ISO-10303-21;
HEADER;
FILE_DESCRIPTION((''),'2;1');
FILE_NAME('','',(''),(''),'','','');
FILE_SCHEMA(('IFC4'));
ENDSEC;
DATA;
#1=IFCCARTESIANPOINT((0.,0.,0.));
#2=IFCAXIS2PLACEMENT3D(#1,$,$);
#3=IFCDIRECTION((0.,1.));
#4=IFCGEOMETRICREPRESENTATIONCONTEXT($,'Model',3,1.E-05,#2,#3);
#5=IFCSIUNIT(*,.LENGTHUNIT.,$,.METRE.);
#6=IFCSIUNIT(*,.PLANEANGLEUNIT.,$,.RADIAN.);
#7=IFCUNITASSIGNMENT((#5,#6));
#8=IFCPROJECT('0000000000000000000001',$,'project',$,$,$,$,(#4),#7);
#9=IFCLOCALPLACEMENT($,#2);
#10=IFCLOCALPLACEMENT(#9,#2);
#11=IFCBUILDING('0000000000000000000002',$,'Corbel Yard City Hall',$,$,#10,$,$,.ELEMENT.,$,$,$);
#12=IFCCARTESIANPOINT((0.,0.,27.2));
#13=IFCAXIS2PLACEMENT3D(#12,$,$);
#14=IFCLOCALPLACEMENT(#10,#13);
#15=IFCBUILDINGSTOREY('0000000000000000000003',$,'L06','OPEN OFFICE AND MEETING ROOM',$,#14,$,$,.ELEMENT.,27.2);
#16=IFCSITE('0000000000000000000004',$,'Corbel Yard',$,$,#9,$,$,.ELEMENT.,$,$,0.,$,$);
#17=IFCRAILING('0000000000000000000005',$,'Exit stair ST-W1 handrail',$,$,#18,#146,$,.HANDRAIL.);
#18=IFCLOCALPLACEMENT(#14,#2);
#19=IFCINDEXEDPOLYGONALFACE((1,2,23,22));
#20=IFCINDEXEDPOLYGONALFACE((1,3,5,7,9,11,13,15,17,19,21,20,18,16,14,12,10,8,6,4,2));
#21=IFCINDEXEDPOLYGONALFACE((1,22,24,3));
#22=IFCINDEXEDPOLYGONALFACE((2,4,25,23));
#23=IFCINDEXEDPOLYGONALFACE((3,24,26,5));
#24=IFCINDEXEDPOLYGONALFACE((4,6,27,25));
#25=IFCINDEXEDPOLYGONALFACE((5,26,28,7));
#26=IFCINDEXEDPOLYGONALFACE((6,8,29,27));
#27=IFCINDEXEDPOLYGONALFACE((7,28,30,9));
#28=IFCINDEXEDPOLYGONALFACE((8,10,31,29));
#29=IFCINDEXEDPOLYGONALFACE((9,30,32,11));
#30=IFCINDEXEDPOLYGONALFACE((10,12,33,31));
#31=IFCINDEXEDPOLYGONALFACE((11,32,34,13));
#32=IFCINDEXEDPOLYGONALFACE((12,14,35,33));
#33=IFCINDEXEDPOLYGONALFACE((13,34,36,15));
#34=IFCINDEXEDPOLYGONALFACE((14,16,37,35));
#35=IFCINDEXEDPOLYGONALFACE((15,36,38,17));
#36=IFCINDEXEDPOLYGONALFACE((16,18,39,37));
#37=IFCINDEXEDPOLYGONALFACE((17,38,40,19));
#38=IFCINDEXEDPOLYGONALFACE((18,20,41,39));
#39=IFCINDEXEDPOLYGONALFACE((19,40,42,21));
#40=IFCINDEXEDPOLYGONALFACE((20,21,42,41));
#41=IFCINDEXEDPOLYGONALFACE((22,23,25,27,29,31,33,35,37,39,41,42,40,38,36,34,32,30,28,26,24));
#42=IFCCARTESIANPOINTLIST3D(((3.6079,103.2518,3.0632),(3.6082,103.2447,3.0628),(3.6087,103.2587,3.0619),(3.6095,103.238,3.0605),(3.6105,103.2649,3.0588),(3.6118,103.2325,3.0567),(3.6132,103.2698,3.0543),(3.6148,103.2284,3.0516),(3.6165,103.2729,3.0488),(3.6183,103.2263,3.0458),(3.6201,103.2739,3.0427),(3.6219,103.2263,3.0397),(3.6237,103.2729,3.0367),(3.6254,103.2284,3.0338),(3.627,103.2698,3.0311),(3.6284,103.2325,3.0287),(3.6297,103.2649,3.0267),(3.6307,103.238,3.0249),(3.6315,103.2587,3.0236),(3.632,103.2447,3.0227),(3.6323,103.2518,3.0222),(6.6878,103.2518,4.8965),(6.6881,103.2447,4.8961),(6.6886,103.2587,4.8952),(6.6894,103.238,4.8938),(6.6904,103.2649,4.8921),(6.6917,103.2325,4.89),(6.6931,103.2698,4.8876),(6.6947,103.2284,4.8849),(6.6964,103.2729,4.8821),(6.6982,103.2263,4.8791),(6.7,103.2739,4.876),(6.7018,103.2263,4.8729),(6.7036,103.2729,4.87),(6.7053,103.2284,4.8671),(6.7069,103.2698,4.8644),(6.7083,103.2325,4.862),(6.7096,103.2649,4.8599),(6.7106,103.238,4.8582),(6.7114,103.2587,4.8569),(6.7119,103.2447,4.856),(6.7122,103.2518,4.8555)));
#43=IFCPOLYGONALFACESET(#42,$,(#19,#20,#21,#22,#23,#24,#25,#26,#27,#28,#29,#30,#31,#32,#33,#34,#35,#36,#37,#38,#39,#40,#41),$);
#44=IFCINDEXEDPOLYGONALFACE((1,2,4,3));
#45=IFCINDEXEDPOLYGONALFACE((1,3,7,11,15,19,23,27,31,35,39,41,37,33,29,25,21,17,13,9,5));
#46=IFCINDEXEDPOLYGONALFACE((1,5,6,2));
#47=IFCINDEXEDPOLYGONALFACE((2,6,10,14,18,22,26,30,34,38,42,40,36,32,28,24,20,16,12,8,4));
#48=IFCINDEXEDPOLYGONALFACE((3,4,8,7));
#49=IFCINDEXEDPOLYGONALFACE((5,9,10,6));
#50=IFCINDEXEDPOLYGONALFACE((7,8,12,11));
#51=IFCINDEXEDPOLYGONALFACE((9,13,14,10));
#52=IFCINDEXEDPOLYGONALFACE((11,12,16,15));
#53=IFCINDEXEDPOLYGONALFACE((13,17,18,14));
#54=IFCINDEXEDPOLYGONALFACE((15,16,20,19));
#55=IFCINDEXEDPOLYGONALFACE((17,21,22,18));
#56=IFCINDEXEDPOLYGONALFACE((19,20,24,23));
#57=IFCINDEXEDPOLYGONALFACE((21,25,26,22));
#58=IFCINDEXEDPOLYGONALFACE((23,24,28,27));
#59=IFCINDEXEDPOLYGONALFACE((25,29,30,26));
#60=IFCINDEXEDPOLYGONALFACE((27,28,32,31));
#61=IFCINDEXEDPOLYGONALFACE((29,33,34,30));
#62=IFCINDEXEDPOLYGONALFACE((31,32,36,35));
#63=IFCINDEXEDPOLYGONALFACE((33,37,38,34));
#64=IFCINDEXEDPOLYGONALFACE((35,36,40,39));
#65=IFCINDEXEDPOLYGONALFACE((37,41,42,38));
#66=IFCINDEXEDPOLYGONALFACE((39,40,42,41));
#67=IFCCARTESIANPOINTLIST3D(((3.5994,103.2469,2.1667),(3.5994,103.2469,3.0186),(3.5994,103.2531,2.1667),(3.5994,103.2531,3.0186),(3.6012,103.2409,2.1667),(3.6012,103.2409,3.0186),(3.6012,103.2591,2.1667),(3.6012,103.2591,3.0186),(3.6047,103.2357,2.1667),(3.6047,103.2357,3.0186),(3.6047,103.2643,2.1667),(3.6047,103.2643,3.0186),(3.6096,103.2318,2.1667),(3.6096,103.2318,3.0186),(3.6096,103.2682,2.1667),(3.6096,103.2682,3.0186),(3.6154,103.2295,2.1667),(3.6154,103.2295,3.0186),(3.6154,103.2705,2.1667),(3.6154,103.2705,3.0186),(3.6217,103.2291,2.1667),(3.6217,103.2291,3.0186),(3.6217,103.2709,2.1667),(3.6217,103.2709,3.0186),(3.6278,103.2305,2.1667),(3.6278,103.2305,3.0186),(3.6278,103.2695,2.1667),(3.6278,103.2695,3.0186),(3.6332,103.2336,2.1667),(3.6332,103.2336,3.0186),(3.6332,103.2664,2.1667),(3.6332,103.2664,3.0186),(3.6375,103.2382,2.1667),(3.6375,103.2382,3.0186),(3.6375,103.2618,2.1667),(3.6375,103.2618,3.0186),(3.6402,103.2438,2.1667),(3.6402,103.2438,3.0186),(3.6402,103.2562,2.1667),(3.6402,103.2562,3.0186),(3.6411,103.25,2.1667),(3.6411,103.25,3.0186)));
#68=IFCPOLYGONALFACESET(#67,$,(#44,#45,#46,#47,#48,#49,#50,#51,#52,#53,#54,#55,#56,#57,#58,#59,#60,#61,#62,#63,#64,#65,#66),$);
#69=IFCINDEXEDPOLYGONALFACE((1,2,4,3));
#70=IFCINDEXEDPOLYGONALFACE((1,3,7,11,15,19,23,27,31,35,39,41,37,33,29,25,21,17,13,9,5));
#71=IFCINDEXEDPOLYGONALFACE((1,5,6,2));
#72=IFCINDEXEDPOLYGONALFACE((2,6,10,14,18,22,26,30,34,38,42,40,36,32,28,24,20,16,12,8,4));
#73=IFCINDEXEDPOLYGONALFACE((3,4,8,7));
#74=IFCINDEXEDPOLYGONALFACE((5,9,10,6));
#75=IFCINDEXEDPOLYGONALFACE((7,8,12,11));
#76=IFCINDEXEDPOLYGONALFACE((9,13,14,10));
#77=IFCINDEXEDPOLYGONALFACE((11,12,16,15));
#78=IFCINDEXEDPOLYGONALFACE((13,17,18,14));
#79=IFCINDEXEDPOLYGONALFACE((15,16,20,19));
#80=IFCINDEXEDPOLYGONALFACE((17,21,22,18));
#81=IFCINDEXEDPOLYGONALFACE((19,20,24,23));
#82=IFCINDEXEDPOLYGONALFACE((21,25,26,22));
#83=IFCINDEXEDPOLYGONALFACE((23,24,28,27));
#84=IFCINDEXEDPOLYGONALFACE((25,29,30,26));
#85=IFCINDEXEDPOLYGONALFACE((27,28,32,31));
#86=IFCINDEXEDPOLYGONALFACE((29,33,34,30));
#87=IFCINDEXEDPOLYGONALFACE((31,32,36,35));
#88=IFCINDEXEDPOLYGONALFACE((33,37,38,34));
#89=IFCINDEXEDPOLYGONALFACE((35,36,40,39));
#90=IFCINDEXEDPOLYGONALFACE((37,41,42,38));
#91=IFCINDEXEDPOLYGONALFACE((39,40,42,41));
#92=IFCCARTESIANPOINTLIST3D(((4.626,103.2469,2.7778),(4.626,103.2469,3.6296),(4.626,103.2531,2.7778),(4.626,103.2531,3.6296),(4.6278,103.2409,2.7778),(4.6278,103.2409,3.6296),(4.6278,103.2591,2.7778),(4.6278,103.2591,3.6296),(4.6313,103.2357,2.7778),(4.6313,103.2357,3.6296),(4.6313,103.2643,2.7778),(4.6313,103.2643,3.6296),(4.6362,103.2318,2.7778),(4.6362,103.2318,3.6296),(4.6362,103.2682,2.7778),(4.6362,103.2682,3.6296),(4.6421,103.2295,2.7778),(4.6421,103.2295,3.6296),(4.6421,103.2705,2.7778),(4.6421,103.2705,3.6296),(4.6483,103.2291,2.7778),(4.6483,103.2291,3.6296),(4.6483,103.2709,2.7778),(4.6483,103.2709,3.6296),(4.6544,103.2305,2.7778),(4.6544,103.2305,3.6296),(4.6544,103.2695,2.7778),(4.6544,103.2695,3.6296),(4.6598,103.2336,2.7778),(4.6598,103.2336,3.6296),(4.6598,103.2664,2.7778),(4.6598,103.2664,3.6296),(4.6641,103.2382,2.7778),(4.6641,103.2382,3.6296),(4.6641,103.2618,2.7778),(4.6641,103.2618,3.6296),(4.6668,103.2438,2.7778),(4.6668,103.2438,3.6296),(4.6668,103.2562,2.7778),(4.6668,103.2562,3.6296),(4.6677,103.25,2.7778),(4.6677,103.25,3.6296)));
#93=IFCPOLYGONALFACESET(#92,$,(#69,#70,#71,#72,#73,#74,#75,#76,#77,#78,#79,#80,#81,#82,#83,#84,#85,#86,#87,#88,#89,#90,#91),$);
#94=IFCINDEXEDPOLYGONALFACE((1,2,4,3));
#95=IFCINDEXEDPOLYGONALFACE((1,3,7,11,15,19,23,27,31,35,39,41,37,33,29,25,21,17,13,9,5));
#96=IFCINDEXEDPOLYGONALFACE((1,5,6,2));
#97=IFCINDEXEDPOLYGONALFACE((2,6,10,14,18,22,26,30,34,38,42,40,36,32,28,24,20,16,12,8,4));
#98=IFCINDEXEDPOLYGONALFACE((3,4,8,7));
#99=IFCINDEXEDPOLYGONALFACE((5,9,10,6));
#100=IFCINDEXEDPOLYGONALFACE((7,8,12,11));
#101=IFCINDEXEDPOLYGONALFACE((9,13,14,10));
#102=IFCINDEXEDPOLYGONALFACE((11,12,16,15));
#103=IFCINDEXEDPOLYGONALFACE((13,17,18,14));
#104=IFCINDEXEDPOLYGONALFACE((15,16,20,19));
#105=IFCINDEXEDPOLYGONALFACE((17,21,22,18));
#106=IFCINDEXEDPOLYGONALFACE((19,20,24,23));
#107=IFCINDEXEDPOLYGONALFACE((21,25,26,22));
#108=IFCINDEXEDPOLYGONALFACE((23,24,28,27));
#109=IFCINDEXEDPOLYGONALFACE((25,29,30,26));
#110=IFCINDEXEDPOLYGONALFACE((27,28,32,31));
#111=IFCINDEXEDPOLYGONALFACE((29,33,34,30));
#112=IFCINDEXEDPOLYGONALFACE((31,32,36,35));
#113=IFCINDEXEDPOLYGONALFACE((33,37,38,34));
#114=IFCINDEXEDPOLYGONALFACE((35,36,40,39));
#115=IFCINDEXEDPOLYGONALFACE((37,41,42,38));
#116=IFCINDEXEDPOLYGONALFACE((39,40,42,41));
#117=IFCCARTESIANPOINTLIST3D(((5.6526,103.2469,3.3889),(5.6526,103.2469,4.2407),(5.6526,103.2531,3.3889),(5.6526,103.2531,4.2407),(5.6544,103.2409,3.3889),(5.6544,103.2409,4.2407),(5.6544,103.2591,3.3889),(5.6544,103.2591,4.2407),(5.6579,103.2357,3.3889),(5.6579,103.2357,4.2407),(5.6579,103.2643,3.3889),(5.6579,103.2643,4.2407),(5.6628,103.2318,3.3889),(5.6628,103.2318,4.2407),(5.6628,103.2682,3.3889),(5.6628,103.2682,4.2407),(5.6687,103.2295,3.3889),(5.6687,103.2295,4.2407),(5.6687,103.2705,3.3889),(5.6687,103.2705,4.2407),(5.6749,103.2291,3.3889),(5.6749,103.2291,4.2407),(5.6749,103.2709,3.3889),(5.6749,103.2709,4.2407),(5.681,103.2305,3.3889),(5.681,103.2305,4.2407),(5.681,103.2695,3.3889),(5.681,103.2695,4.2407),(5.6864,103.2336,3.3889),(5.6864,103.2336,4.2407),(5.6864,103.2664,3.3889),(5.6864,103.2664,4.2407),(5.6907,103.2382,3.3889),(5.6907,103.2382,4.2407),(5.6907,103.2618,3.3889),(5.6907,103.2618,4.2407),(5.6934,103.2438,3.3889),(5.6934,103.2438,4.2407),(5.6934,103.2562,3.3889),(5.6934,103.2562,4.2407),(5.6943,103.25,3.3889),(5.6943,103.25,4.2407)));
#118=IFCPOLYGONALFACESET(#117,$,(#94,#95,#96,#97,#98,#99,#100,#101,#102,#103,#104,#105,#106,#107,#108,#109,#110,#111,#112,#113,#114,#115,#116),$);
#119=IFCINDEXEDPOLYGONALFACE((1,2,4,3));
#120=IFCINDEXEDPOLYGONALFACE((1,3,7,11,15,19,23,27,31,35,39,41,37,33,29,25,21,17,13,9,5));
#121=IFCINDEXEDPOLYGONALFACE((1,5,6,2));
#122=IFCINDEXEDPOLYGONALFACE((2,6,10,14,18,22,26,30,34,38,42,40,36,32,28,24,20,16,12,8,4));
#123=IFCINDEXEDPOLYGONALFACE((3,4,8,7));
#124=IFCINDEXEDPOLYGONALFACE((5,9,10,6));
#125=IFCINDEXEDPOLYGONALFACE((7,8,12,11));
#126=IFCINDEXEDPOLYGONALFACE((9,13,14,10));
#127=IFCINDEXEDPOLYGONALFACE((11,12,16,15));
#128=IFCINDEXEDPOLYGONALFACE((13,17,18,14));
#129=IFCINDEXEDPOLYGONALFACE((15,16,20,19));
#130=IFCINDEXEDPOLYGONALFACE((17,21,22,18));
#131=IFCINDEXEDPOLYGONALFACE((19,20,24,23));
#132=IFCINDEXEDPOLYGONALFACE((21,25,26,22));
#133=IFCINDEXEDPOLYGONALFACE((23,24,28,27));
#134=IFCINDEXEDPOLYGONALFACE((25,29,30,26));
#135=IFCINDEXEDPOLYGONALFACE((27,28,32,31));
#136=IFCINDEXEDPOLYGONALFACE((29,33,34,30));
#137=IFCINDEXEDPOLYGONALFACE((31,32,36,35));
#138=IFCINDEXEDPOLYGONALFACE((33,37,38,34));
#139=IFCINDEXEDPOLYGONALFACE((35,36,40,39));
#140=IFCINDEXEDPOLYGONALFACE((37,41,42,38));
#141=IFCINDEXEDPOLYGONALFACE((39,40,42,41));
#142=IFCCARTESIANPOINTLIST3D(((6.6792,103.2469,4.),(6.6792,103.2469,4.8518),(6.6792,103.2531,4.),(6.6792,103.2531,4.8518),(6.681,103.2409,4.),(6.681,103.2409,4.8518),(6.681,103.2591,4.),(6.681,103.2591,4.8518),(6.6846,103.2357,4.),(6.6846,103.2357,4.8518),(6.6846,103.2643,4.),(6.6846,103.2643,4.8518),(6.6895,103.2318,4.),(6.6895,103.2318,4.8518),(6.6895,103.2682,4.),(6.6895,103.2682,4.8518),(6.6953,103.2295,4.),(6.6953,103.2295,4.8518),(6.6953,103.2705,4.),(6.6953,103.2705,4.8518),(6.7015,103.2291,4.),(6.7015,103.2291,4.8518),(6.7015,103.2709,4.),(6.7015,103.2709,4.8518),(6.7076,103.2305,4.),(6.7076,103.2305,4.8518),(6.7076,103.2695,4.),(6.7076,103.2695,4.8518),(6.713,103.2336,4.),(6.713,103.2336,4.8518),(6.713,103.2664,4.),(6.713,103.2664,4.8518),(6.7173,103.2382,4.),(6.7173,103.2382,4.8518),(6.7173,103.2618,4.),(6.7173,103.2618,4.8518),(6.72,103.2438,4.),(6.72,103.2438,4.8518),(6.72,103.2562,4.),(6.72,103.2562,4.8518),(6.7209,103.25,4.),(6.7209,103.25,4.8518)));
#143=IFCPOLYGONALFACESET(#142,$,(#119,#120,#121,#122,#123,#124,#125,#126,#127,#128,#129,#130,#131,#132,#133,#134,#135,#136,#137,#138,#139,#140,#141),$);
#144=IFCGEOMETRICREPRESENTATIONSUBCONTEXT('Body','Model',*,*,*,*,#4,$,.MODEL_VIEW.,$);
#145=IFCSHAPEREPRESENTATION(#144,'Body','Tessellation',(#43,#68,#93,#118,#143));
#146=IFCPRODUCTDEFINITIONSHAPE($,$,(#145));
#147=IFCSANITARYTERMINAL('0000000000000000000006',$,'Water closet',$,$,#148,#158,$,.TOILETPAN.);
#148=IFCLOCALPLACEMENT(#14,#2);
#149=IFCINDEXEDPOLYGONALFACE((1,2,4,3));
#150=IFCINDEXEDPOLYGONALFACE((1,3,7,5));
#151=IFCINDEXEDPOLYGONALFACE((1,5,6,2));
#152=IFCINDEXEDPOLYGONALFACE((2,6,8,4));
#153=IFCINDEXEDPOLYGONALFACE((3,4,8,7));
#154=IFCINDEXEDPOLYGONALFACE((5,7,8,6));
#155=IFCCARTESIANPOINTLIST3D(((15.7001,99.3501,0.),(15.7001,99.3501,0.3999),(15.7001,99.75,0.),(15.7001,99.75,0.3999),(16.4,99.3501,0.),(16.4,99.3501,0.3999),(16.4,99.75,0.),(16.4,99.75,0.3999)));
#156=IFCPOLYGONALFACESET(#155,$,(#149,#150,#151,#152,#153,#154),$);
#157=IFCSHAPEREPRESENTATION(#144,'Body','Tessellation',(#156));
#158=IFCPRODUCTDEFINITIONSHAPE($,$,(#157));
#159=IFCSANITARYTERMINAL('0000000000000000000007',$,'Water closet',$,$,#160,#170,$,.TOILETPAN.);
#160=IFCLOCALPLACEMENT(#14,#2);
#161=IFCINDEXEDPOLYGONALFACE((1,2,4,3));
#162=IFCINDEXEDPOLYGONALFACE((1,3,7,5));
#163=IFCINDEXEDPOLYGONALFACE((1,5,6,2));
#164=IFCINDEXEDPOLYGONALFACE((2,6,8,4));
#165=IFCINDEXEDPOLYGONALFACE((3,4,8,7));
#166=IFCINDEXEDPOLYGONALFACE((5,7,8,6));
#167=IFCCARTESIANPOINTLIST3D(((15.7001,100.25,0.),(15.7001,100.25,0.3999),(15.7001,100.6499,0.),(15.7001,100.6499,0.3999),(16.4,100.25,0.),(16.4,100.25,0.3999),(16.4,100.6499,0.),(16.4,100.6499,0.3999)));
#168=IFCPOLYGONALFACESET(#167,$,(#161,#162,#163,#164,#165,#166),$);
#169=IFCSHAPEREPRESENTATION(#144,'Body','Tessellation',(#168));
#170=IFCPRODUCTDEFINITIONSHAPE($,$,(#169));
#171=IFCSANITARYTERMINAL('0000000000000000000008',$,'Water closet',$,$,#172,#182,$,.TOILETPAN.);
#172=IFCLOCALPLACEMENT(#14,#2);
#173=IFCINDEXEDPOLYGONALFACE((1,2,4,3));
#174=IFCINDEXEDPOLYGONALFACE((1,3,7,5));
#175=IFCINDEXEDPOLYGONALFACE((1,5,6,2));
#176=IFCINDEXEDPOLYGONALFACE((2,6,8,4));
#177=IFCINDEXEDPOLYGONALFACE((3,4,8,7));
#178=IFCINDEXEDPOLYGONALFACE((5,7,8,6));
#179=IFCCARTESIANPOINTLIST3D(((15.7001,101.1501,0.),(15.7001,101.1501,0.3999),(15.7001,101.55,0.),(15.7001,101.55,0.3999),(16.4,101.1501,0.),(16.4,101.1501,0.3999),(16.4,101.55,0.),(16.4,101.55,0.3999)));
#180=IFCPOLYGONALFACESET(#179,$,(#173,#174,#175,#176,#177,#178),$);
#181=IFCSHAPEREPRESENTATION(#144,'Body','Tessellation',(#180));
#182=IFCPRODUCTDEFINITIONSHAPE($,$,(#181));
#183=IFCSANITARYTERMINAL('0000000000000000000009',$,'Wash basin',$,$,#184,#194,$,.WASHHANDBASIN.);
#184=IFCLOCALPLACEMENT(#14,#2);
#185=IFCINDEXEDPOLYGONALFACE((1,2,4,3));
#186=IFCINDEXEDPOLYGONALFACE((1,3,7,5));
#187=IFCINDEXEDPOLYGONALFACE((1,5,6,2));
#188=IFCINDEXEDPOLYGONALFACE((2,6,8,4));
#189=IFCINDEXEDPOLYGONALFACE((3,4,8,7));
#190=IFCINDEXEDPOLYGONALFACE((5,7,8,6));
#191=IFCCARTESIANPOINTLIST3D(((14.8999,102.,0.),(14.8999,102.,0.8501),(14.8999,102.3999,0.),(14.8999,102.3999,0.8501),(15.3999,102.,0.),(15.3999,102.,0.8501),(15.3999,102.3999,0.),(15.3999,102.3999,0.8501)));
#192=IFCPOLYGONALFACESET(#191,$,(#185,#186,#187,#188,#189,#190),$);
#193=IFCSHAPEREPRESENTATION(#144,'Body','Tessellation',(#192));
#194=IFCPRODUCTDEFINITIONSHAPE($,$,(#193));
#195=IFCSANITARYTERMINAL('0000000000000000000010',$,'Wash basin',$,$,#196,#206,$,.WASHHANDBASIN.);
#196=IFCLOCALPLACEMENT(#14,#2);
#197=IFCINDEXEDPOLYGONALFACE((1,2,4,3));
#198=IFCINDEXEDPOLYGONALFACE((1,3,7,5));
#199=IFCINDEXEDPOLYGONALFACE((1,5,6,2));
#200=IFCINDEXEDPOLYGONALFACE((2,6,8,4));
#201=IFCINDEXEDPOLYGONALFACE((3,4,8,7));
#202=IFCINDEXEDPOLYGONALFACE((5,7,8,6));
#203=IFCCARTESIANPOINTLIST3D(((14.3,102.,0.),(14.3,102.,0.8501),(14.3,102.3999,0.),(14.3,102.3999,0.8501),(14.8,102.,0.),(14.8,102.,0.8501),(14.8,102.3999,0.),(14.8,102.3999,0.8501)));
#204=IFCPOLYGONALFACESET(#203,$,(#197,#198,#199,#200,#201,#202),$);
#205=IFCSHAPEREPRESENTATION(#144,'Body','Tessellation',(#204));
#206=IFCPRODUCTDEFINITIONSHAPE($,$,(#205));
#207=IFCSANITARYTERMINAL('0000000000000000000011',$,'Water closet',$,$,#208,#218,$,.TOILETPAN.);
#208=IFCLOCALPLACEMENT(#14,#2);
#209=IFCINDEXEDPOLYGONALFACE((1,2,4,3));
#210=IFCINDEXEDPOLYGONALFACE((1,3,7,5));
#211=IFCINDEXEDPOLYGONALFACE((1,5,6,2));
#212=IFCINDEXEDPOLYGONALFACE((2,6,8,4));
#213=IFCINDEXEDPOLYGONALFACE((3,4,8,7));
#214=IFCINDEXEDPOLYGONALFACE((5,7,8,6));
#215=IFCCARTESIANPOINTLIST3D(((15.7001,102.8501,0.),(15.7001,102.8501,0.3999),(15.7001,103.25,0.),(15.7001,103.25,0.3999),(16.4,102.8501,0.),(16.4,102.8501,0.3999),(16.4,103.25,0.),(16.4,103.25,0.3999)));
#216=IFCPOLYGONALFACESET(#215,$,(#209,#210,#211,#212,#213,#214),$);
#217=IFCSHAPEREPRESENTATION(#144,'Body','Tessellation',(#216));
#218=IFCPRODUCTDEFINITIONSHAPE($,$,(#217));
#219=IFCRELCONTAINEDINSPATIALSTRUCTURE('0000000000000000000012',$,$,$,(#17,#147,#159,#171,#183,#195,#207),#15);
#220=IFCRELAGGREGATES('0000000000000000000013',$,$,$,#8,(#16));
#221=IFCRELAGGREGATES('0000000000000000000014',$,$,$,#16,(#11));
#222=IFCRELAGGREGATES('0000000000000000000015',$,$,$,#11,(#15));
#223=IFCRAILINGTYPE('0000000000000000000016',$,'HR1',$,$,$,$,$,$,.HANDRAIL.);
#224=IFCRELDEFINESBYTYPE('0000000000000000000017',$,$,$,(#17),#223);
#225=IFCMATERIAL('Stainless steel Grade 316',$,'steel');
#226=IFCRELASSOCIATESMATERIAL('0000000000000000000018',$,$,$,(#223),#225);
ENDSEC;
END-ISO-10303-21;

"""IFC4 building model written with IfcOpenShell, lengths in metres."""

from ifc_helpers import new_model, si_unit, direction, frame, origin, origin_2d, place, context, subcontext, project, spatial, rectangle, circle, extrude, material, type_object, element, save


model = new_model("IFC4")

# Units and contexts
model_context = context("Model", 3, precision=1e-05, world=origin(), true_north=direction((0.0, 1.0)))
body_context = subcontext(model_context, "Body", "Model", "MODEL_VIEW")
ifc_project = project(units=[si_unit("LENGTHUNIT", "METRE"), si_unit("PLANEANGLEUNIT", "RADIAN")], contexts=[model_context])

# Site, building, storey
site_placement = place(None, origin())
site = spatial("IfcSite", under=ifc_project, at=site_placement, Name="Corbel Yard", CompositionType="ELEMENT", RefElevation=0.0)
building_placement = place(site_placement, origin())
building = spatial("IfcBuilding", under=site, at=building_placement, Name="Corbel Yard City Hall", CompositionType="ELEMENT")
storey_placement = place(building_placement, frame((0.0, 0.0, 27.2)))
storey = spatial("IfcBuildingStorey", under=building, at=storey_placement, Name="L06", Description="OPEN OFFICE AND MEETING ROOM", CompositionType="ELEMENT", Elevation=27.2)

# Railing
ifc_material_1 = material(Name="Stainless steel Grade 316", Category="steel")
railing_type = type_object("IfcRailingType", Name="HR1", PredefinedType="HANDRAIL", material=ifc_material_1)
for number, where, name in (
    (1, (3.6201, 103.25, 2.1667), "Exit stair ST-W1 handrail"),
):
    element("IfcRailing", number, at=place(storey_placement, frame(where)), inside=storey, type_object=railing_type, Name=name, PredefinedType="HANDRAIL", context=body_context, shape_type="SweptSolid", body=[
        extrude(circle(Radius=0.0239, at=origin_2d()), frame((0.0, 0.0, 0.876), z_axis=(0.859291, 0.0, 0.511487), x_axis=(0.0, 1.0, 0.0)), (0.0, 0.0, 1.0), 3.5842),
        extrude(circle(Radius=0.021, at=origin_2d()), origin(), (0.0, 0.0, 1.0), 0.8518),
        extrude(circle(Radius=0.021, at=origin_2d()), frame((1.0266, 0.0, 0.6111)), (0.0, 0.0, 1.0), 0.8518),
        extrude(circle(Radius=0.021, at=origin_2d()), frame((2.0532, 0.0, 1.2222)), (0.0, 0.0, 1.0), 0.8518),
        extrude(circle(Radius=0.021, at=origin_2d()), frame((3.0798, 0.0, 1.8333)), (0.0, 0.0, 1.0), 0.8518),
    ])

# Sanitary terminals
for number, where, z_axis, x_axis, name in (
    (2, (16.05, 99.55, 0.0), (0.0, 0.0, 1.0), (1.0, 0.0, 0.0), "Water closet"),
    (3, (16.05, 100.45, 0.0), (0.0, 0.0, 1.0), (1.0, 0.0, 0.0), "Water closet"),
    (4, (16.05, 101.3501, 0.0), (0.0, 0.0, 1.0), (1.0, 0.0, 0.0), "Water closet"),
):
    element("IfcSanitaryTerminal", number, at=place(storey_placement, frame(where, z_axis=z_axis, x_axis=x_axis)), inside=storey, Name=name, PredefinedType="TOILETPAN", context=body_context, shape_type="SweptSolid", body=[
        extrude(rectangle(XDim=0.7, YDim=0.3999, at=origin_2d()), origin(), (0.0, 0.0, 1.0), 0.3999),
    ])
for number, where, z_axis, x_axis, name in (
    (5, (15.1499, 102.2, 0.0), (0.0, 0.0, 1.0), (1.0, 0.0, 0.0), "Wash basin"),
    (6, (14.55, 102.2, 0.0), (0.0, 0.0, 1.0), (1.0, 0.0, 0.0), "Wash basin"),
):
    element("IfcSanitaryTerminal", number, at=place(storey_placement, frame(where, z_axis=z_axis, x_axis=x_axis)), inside=storey, Name=name, PredefinedType="WASHHANDBASIN", context=body_context, shape_type="SweptSolid", body=[
        extrude(rectangle(XDim=0.5, YDim=0.3999, at=origin_2d()), origin(), (0.0, 0.0, 1.0), 0.8501),
    ])
sanitary_terminal_placement = place(storey_placement, frame((16.05, 103.05, 0.0), z_axis=(0.0, 0.0, 1.0), x_axis=(1.0, 0.0, 0.0)))
element("IfcSanitaryTerminal", 7, at=sanitary_terminal_placement, inside=storey, Name="Water closet", PredefinedType="TOILETPAN", context=body_context, shape_type="SweptSolid", body=[
    extrude(rectangle(XDim=0.7, YDim=0.3999, at=origin_2d()), origin(), (0.0, 0.0, 1.0), 0.3999),
])

save(model, "model.ifc")
